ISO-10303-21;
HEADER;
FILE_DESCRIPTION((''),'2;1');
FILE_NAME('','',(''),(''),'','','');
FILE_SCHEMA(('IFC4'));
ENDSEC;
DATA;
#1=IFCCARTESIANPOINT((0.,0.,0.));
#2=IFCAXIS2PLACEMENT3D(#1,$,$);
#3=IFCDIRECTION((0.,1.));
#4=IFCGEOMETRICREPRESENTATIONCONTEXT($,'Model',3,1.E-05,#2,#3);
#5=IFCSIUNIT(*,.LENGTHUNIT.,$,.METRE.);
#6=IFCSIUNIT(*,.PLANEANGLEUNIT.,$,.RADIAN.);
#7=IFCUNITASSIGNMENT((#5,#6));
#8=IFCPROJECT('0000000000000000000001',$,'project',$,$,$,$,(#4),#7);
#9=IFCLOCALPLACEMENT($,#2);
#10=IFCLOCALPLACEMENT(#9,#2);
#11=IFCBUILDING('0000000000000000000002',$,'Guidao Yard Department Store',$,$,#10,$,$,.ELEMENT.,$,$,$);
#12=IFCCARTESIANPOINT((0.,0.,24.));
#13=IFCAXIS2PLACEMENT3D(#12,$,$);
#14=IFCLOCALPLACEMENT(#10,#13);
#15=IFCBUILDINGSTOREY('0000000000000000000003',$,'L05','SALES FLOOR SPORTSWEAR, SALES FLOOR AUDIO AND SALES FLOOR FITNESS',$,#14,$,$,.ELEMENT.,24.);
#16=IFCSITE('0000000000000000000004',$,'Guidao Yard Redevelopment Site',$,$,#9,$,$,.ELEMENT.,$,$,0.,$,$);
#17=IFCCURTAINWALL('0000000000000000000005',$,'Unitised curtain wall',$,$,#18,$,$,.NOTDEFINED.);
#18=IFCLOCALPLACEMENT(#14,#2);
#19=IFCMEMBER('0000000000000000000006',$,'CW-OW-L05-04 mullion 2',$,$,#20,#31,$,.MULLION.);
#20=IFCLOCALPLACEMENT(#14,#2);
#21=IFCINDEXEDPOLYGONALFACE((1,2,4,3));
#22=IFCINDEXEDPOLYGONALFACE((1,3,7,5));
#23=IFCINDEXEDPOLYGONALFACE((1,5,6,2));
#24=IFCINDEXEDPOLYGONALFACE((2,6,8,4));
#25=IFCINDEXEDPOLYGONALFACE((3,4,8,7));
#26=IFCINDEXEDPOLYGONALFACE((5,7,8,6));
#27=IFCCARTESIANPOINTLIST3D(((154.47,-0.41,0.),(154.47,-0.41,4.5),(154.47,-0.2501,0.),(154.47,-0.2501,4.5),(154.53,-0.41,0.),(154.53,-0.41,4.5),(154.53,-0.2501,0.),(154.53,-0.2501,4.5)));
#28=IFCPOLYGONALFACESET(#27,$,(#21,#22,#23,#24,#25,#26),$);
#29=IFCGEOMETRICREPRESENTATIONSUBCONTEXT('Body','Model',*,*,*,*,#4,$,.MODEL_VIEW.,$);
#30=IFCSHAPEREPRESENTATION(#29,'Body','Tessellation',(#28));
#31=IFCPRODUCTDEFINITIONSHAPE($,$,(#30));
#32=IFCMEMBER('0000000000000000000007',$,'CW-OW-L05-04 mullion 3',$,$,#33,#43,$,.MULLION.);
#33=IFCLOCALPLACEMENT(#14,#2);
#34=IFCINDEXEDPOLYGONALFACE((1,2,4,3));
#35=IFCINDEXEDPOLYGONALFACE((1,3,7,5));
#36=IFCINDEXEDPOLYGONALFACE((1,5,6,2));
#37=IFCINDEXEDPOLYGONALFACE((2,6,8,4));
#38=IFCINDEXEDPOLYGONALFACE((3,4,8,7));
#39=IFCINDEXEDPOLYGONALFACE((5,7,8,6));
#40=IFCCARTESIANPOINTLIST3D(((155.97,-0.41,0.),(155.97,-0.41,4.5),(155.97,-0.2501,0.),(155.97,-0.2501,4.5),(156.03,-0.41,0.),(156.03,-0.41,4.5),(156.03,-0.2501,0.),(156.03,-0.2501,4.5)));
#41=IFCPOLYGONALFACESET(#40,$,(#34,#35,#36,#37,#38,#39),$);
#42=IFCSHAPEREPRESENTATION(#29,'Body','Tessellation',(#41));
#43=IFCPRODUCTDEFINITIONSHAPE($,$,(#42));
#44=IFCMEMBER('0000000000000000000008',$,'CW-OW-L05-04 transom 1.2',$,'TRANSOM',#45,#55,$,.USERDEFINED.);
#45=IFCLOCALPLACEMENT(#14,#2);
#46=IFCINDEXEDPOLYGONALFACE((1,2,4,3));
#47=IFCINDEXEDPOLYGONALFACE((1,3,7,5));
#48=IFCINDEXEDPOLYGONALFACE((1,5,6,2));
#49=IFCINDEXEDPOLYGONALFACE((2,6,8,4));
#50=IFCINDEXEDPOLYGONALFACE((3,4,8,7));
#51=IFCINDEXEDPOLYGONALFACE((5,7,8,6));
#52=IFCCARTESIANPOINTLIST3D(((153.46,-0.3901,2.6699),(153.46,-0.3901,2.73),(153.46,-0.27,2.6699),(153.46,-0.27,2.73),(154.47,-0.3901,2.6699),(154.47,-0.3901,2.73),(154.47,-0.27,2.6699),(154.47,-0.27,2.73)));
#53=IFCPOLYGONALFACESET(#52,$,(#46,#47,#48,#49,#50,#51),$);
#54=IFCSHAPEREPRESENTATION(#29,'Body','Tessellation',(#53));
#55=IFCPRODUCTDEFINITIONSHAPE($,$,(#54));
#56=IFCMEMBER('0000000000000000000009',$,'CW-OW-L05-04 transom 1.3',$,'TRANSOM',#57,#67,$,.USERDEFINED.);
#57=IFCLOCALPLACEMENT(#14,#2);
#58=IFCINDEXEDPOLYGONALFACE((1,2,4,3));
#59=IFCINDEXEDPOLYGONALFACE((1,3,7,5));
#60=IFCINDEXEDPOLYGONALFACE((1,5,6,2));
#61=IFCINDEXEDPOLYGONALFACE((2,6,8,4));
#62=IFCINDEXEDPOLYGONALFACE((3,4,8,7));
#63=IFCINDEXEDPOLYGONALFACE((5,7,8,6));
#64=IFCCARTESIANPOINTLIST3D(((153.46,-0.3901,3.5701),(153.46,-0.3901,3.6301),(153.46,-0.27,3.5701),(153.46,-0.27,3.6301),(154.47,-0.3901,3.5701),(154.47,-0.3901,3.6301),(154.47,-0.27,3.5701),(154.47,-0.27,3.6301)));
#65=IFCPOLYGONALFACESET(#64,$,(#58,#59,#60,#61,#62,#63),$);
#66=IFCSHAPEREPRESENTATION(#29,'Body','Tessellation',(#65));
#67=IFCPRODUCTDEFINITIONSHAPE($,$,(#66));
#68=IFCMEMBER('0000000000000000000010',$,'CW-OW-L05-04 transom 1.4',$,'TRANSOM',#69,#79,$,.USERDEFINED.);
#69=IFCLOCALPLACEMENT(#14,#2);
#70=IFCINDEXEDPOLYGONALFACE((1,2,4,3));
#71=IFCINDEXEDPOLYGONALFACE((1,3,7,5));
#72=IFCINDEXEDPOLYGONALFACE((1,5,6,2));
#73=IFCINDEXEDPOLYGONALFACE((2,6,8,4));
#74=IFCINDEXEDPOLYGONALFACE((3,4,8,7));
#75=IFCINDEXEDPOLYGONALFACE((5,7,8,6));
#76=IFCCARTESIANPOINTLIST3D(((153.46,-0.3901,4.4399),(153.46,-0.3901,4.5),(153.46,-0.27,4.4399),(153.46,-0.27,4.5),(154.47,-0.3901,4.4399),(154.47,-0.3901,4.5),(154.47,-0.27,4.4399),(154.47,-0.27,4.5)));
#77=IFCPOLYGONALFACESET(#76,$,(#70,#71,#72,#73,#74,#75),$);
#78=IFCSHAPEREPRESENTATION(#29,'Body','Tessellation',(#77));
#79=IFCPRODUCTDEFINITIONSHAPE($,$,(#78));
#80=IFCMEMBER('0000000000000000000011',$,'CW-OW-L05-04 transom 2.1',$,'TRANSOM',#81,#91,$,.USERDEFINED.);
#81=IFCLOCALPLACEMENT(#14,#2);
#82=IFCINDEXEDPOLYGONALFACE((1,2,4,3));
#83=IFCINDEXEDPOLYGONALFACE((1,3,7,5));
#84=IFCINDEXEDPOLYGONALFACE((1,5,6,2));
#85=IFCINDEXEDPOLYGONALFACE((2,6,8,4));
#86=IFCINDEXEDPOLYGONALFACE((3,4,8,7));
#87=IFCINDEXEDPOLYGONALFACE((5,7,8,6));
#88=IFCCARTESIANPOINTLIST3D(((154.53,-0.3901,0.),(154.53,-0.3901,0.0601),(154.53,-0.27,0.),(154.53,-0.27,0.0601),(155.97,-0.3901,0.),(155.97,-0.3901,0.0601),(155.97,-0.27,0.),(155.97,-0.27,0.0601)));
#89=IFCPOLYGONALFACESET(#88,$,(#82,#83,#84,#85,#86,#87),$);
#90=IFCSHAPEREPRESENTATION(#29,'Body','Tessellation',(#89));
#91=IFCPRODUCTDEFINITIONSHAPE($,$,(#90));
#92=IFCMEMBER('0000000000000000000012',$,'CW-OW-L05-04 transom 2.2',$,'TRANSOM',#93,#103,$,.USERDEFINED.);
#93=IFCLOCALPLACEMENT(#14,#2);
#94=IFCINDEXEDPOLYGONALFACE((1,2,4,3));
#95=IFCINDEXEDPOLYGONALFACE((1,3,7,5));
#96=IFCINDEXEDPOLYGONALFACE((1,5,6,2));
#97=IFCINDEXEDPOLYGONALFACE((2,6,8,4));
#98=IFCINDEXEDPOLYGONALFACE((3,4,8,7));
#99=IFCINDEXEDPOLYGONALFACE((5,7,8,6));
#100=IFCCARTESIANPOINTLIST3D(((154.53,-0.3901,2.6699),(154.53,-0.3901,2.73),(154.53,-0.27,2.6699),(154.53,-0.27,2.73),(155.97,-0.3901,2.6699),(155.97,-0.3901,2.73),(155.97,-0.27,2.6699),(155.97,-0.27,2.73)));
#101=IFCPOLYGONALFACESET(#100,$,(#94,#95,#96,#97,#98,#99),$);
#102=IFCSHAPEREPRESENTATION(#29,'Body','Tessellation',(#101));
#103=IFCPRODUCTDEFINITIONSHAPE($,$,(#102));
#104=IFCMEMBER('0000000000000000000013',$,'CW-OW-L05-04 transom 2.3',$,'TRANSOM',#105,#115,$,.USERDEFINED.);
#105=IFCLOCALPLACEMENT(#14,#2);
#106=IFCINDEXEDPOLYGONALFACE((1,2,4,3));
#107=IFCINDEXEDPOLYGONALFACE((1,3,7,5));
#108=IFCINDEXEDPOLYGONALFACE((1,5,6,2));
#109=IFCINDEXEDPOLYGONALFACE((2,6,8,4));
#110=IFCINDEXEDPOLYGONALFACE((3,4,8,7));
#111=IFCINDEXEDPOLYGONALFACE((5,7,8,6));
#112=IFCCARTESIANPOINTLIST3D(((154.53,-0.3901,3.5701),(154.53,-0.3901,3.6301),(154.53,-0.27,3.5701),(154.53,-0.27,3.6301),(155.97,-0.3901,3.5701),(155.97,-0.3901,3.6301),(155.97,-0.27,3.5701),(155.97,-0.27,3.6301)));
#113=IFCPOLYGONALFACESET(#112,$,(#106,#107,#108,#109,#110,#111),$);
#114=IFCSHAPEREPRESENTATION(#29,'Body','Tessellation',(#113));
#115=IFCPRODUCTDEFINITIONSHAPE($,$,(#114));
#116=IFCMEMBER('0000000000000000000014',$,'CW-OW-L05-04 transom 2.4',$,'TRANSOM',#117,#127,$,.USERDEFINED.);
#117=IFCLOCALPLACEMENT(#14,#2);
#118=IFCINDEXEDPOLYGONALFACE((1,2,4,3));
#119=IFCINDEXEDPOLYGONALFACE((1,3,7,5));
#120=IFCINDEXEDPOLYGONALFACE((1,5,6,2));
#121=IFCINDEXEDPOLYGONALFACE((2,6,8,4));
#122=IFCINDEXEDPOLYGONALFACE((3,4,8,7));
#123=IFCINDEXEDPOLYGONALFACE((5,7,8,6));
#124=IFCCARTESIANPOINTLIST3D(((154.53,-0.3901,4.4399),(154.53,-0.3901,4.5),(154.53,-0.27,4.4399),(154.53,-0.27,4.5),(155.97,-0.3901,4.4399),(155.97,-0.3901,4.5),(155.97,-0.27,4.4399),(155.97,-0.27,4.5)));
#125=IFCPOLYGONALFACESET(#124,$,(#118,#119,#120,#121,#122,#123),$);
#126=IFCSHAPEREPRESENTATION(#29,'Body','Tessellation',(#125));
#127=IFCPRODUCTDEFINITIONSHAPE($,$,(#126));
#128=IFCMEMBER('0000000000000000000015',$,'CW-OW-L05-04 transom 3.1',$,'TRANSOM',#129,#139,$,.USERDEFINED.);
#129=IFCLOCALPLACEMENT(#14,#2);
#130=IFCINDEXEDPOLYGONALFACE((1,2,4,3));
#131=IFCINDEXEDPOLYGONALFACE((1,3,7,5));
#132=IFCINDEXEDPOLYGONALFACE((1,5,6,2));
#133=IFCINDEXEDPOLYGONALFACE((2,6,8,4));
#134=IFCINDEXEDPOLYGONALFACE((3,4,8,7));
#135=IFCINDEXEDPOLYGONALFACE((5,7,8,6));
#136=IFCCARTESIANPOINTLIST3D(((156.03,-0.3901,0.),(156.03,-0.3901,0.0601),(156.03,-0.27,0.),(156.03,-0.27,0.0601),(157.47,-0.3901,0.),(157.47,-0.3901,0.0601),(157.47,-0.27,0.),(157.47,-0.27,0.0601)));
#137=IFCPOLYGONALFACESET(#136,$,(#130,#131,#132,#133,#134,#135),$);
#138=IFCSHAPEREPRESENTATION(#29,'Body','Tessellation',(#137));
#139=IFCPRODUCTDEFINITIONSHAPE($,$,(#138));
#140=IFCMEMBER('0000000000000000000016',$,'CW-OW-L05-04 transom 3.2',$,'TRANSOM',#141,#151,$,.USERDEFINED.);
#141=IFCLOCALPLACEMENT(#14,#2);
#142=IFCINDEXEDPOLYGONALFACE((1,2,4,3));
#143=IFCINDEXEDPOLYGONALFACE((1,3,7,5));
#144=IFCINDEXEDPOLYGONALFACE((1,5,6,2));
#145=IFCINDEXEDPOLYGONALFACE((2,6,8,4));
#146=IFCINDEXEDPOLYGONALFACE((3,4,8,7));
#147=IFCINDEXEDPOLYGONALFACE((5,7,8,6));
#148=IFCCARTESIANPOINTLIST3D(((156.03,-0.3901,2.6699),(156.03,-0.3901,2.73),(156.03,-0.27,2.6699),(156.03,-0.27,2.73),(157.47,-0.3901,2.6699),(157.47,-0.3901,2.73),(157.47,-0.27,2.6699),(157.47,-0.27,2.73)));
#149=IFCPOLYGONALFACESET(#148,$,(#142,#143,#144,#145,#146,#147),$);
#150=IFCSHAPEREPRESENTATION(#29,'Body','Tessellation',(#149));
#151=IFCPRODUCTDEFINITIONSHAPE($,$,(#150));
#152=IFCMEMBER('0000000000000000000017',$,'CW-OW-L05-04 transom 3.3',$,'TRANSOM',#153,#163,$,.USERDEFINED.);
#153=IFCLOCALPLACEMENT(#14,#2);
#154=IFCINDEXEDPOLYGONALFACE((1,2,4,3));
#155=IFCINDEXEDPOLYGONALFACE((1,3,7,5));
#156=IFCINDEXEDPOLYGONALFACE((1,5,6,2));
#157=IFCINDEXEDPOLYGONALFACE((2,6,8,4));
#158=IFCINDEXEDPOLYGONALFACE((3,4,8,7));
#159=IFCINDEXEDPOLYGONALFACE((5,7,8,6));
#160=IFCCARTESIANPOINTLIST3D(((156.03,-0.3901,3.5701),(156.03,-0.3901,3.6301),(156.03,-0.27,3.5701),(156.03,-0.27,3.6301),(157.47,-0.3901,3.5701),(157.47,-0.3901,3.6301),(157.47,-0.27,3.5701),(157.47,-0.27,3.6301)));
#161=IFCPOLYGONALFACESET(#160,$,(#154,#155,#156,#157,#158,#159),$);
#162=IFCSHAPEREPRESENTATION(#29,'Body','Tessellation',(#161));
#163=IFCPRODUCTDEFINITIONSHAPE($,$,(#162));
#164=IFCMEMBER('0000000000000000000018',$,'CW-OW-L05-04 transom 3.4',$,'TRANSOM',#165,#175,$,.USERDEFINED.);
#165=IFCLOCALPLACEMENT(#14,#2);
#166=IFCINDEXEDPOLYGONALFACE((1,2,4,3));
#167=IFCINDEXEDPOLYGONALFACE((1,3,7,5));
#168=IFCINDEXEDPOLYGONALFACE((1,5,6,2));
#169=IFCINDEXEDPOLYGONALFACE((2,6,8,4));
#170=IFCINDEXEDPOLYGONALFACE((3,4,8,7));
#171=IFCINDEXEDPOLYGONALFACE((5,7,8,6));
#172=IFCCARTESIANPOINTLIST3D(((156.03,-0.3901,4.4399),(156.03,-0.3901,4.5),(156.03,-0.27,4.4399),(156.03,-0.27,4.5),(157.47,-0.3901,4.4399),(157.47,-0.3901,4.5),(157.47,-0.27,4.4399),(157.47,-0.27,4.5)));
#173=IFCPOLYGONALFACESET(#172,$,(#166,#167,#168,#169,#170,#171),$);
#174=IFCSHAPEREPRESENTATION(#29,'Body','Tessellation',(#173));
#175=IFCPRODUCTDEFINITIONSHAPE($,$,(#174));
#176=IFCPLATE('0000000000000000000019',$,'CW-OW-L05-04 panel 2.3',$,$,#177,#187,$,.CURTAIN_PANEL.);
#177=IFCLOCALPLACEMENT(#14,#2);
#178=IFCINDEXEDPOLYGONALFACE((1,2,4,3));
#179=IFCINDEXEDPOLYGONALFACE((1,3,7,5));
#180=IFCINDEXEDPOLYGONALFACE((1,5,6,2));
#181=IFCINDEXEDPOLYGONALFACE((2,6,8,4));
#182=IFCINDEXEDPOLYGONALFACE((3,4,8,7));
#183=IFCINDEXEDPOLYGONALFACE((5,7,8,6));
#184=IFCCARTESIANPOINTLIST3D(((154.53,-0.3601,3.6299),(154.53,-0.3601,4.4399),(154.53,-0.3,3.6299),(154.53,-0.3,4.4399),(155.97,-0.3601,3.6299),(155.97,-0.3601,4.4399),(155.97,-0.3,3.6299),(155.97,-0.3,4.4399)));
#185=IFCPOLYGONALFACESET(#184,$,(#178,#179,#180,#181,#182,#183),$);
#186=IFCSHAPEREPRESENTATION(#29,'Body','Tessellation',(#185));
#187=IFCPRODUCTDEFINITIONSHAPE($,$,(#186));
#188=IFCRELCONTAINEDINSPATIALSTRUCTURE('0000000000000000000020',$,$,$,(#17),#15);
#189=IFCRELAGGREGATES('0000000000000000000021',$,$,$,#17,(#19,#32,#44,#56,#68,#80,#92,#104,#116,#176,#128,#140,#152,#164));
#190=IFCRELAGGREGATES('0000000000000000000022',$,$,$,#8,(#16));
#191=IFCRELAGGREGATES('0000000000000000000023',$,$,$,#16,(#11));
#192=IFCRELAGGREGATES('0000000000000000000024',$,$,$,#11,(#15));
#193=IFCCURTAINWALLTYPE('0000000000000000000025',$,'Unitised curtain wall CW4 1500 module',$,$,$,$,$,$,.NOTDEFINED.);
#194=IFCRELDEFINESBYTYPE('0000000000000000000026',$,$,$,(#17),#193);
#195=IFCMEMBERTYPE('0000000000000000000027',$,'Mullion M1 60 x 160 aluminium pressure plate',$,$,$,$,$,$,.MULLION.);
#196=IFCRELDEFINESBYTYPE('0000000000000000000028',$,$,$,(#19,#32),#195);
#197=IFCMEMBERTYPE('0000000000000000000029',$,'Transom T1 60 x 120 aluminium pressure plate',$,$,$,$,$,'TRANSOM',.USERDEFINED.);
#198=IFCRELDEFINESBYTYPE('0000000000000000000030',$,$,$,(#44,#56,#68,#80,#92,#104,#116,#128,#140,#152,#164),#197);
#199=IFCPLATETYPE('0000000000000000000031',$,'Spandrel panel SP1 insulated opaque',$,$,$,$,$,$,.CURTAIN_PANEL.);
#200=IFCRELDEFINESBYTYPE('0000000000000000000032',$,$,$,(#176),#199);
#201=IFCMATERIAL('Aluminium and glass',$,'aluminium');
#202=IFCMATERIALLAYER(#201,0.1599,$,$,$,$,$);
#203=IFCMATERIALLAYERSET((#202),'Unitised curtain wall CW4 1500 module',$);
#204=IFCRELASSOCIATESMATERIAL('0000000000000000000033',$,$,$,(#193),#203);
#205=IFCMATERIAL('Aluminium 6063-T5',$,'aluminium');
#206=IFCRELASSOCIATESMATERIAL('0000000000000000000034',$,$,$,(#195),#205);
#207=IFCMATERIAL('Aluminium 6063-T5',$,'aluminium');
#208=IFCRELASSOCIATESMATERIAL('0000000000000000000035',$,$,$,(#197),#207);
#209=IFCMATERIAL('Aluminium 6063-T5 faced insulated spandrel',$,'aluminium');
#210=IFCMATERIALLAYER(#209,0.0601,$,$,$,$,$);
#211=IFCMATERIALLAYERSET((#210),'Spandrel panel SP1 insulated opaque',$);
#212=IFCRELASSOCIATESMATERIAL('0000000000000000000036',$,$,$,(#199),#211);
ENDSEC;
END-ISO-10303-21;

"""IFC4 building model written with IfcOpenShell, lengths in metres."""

from ifc_helpers import new_model, si_unit, direction, frame, origin, origin_2d, place, context, subcontext, project, spatial, rectangle, extrude, material, layer, layer_set, material_profile, profile_set, type_object, element, aggregate, save


model = new_model("IFC4")

# Units and contexts
model_context = context("Model", 3, precision=1e-05, world=origin(), true_north=direction((0.0, 1.0)))
body_context = subcontext(model_context, "Body", "Model", "MODEL_VIEW")
ifc_project = project(units=[si_unit("LENGTHUNIT", "METRE"), si_unit("PLANEANGLEUNIT", "RADIAN")], contexts=[model_context])

# Site, building, storey
site_placement = place(None, origin())
site = spatial("IfcSite", under=ifc_project, at=site_placement, Name="Guidao Yard Redevelopment Site", CompositionType="ELEMENT", RefElevation=0.0)
building_placement = place(site_placement, origin())
building = spatial("IfcBuilding", under=site, at=building_placement, Name="Guidao Yard Department Store", CompositionType="ELEMENT")
storey_placement = place(building_placement, frame((0.0, 0.0, 24.0)))
storey = spatial("IfcBuildingStorey", under=building, at=storey_placement, Name="L05", Description="SALES FLOOR SPORTSWEAR, SALES FLOOR AUDIO AND SALES FLOOR FITNESS", CompositionType="ELEMENT", Elevation=24.0)

# Curtain wall, members, plate
ifc_material_1 = material(Name="Aluminium and glass", Category="aluminium")
ifc_layer_1 = layer(ifc_material_1, 0.1599)
ifc_layer_set_1 = layer_set([ifc_layer_1], Name="Unitised curtain wall CW4 1500 module")
curtain_wall_type = type_object("IfcCurtainWallType", Name="Unitised curtain wall CW4 1500 module", PredefinedType="NOTDEFINED", material=ifc_layer_set_1)
curtain_wall_placement = place(storey_placement, origin())
curtain_wall = element("IfcCurtainWall", 1, at=curtain_wall_placement, inside=storey, type_object=curtain_wall_type, Name="Unitised curtain wall", PredefinedType="NOTDEFINED")
ifc_material_2 = material(Name="Aluminium 6063-T5", Category="aluminium")
ifc_material_profile_1 = material_profile(ifc_material_2, rectangle(XDim=0.0601, YDim=0.1599, at=origin_2d()), Name="Mullion M1 60 x 160 aluminium pressure plate")
ifc_profile_set_1 = profile_set([ifc_material_profile_1], Name="Aluminium 6063-T5")
member_type_1 = type_object("IfcMemberType", Name="Mullion M1 60 x 160 aluminium pressure plate", PredefinedType="MULLION", material=ifc_profile_set_1)
member_1_placement = place(storey_placement, frame((154.5, -0.3301, 0.0), z_axis=(0.0, 0.0, 1.0), x_axis=(-1.0, 0.0, 0.0)))
member_1 = element("IfcMember", 2, at=member_1_placement, type_object=member_type_1, Name="CW-OW-L05-04 mullion 2", PredefinedType="MULLION", context=body_context, shape_type="SweptSolid", body=[
    extrude(rectangle(XDim=0.0601, YDim=0.1599, at=origin_2d()), origin(), (0.0, 0.0, 1.0), 4.5),
])
member_2_placement = place(storey_placement, frame((156.0, -0.3301, 0.0), z_axis=(0.0, 0.0, 1.0), x_axis=(-1.0, 0.0, 0.0)))
member_2 = element("IfcMember", 3, at=member_2_placement, type_object=member_type_1, Name="CW-OW-L05-04 mullion 3", PredefinedType="MULLION", context=body_context, shape_type="SweptSolid", body=[
    extrude(rectangle(XDim=0.0601, YDim=0.1599, at=origin_2d()), origin(), (0.0, 0.0, 1.0), 4.5),
])
ifc_material_3 = material(Name="Aluminium 6063-T5", Category="aluminium")
ifc_material_profile_2 = material_profile(ifc_material_3, rectangle(XDim=0.1201, YDim=0.0601, at=origin_2d()), Name="Transom T1 60 x 120 aluminium pressure plate")
ifc_profile_set_2 = profile_set([ifc_material_profile_2], Name="Aluminium 6063-T5")
member_type_2 = type_object("IfcMemberType", Name="Transom T1 60 x 120 aluminium pressure plate", ElementType="TRANSOM", PredefinedType="USERDEFINED", material=ifc_profile_set_2)
member_3_placement = place(storey_placement, frame((154.47, -0.3301, 2.7), z_axis=(-1.0, 0.0, 0.0), x_axis=(0.0, -1.0, 0.0)))
member_3 = element("IfcMember", 4, at=member_3_placement, type_object=member_type_2, Name="CW-OW-L05-04 transom 1.2", ObjectType="TRANSOM", PredefinedType="USERDEFINED", context=body_context, shape_type="SweptSolid", body=[
    extrude(rectangle(XDim=0.1201, YDim=0.0601, at=origin_2d()), origin(), (0.0, 0.0, 1.0), 1.01),
])
member_4_placement = place(storey_placement, frame((154.47, -0.3301, 3.6001), z_axis=(-1.0, 0.0, 0.0), x_axis=(0.0, -1.0, 0.0)))
member_4 = element("IfcMember", 5, at=member_4_placement, type_object=member_type_2, Name="CW-OW-L05-04 transom 1.3", ObjectType="TRANSOM", PredefinedType="USERDEFINED", context=body_context, shape_type="SweptSolid", body=[
    extrude(rectangle(XDim=0.1201, YDim=0.0601, at=origin_2d()), origin(), (0.0, 0.0, 1.0), 1.01),
])
member_5_placement = place(storey_placement, frame((154.47, -0.3301, 4.47), z_axis=(-1.0, 0.0, 0.0), x_axis=(0.0, -1.0, 0.0)))
member_5 = element("IfcMember", 6, at=member_5_placement, type_object=member_type_2, Name="CW-OW-L05-04 transom 1.4", ObjectType="TRANSOM", PredefinedType="USERDEFINED", context=body_context, shape_type="SweptSolid", body=[
    extrude(rectangle(XDim=0.1201, YDim=0.0601, at=origin_2d()), origin(), (0.0, 0.0, 1.0), 1.01),
])
member_6_placement = place(storey_placement, frame((155.97, -0.3301, 0.03), z_axis=(-1.0, 0.0, 0.0), x_axis=(0.0, -1.0, 0.0)))
member_6 = element("IfcMember", 7, at=member_6_placement, type_object=member_type_2, Name="CW-OW-L05-04 transom 2.1", ObjectType="TRANSOM", PredefinedType="USERDEFINED", context=body_context, shape_type="SweptSolid", body=[
    extrude(rectangle(XDim=0.1201, YDim=0.0601, at=origin_2d()), origin(), (0.0, 0.0, 1.0), 1.4399),
])
member_7_placement = place(storey_placement, frame((155.97, -0.3301, 2.7), z_axis=(-1.0, 0.0, 0.0), x_axis=(0.0, -1.0, 0.0)))
member_7 = element("IfcMember", 8, at=member_7_placement, type_object=member_type_2, Name="CW-OW-L05-04 transom 2.2", ObjectType="TRANSOM", PredefinedType="USERDEFINED", context=body_context, shape_type="SweptSolid", body=[
    extrude(rectangle(XDim=0.1201, YDim=0.0601, at=origin_2d()), origin(), (0.0, 0.0, 1.0), 1.4399),
])
member_8_placement = place(storey_placement, frame((155.97, -0.3301, 3.6001), z_axis=(-1.0, 0.0, 0.0), x_axis=(0.0, -1.0, 0.0)))
member_8 = element("IfcMember", 9, at=member_8_placement, type_object=member_type_2, Name="CW-OW-L05-04 transom 2.3", ObjectType="TRANSOM", PredefinedType="USERDEFINED", context=body_context, shape_type="SweptSolid", body=[
    extrude(rectangle(XDim=0.1201, YDim=0.0601, at=origin_2d()), origin(), (0.0, 0.0, 1.0), 1.4399),
])
member_9_placement = place(storey_placement, frame((155.97, -0.3301, 4.47), z_axis=(-1.0, 0.0, 0.0), x_axis=(0.0, -1.0, 0.0)))
member_9 = element("IfcMember", 10, at=member_9_placement, type_object=member_type_2, Name="CW-OW-L05-04 transom 2.4", ObjectType="TRANSOM", PredefinedType="USERDEFINED", context=body_context, shape_type="SweptSolid", body=[
    extrude(rectangle(XDim=0.1201, YDim=0.0601, at=origin_2d()), origin(), (0.0, 0.0, 1.0), 1.4399),
])
member_10_placement = place(storey_placement, frame((157.47, -0.3301, 0.03), z_axis=(-1.0, 0.0, 0.0), x_axis=(0.0, -1.0, 0.0)))
member_10 = element("IfcMember", 11, at=member_10_placement, type_object=member_type_2, Name="CW-OW-L05-04 transom 3.1", ObjectType="TRANSOM", PredefinedType="USERDEFINED", context=body_context, shape_type="SweptSolid", body=[
    extrude(rectangle(XDim=0.1201, YDim=0.0601, at=origin_2d()), origin(), (0.0, 0.0, 1.0), 1.4399),
])
member_11_placement = place(storey_placement, frame((157.47, -0.3301, 2.7), z_axis=(-1.0, 0.0, 0.0), x_axis=(0.0, -1.0, 0.0)))
member_11 = element("IfcMember", 12, at=member_11_placement, type_object=member_type_2, Name="CW-OW-L05-04 transom 3.2", ObjectType="TRANSOM", PredefinedType="USERDEFINED", context=body_context, shape_type="SweptSolid", body=[
    extrude(rectangle(XDim=0.1201, YDim=0.0601, at=origin_2d()), origin(), (0.0, 0.0, 1.0), 1.4399),
])
member_12_placement = place(storey_placement, frame((157.47, -0.3301, 3.6001), z_axis=(-1.0, 0.0, 0.0), x_axis=(0.0, -1.0, 0.0)))
member_12 = element("IfcMember", 13, at=member_12_placement, type_object=member_type_2, Name="CW-OW-L05-04 transom 3.3", ObjectType="TRANSOM", PredefinedType="USERDEFINED", context=body_context, shape_type="SweptSolid", body=[
    extrude(rectangle(XDim=0.1201, YDim=0.0601, at=origin_2d()), origin(), (0.0, 0.0, 1.0), 1.4399),
])
member_13_placement = place(storey_placement, frame((157.47, -0.3301, 4.47), z_axis=(-1.0, 0.0, 0.0), x_axis=(0.0, -1.0, 0.0)))
member_13 = element("IfcMember", 14, at=member_13_placement, type_object=member_type_2, Name="CW-OW-L05-04 transom 3.4", ObjectType="TRANSOM", PredefinedType="USERDEFINED", context=body_context, shape_type="SweptSolid", body=[
    extrude(rectangle(XDim=0.1201, YDim=0.0601, at=origin_2d()), origin(), (0.0, 0.0, 1.0), 1.4399),
])
ifc_material_4 = material(Name="Aluminium 6063-T5 faced insulated spandrel", Category="aluminium")
ifc_layer_2 = layer(ifc_material_4, 0.0601)
ifc_layer_set_2 = layer_set([ifc_layer_2], Name="Spandrel panel SP1 insulated opaque")
plate_type_1 = type_object("IfcPlateType", Name="Spandrel panel SP1 insulated opaque", PredefinedType="CURTAIN_PANEL", material=ifc_layer_set_2)
plate_1_placement = place(storey_placement, frame((155.25, -0.3301, 3.6299), z_axis=(0.0, 0.0, 1.0), x_axis=(-1.0, 0.0, 0.0)))
plate_1 = element("IfcPlate", 15, at=plate_1_placement, type_object=plate_type_1, Name="CW-OW-L05-04 panel 2.3", PredefinedType="CURTAIN_PANEL", context=body_context, shape_type="SweptSolid", body=[
    extrude(rectangle(XDim=1.4399, YDim=0.0601, at=origin_2d()), origin(), (0.0, 0.0, 1.0), 0.8101),
])
aggregate(curtain_wall, [member_1, member_2, member_3, member_4, member_5, member_6, member_7, member_8, member_9, plate_1, member_10, member_11, member_12, member_13])

save(model, "model.ifc")
